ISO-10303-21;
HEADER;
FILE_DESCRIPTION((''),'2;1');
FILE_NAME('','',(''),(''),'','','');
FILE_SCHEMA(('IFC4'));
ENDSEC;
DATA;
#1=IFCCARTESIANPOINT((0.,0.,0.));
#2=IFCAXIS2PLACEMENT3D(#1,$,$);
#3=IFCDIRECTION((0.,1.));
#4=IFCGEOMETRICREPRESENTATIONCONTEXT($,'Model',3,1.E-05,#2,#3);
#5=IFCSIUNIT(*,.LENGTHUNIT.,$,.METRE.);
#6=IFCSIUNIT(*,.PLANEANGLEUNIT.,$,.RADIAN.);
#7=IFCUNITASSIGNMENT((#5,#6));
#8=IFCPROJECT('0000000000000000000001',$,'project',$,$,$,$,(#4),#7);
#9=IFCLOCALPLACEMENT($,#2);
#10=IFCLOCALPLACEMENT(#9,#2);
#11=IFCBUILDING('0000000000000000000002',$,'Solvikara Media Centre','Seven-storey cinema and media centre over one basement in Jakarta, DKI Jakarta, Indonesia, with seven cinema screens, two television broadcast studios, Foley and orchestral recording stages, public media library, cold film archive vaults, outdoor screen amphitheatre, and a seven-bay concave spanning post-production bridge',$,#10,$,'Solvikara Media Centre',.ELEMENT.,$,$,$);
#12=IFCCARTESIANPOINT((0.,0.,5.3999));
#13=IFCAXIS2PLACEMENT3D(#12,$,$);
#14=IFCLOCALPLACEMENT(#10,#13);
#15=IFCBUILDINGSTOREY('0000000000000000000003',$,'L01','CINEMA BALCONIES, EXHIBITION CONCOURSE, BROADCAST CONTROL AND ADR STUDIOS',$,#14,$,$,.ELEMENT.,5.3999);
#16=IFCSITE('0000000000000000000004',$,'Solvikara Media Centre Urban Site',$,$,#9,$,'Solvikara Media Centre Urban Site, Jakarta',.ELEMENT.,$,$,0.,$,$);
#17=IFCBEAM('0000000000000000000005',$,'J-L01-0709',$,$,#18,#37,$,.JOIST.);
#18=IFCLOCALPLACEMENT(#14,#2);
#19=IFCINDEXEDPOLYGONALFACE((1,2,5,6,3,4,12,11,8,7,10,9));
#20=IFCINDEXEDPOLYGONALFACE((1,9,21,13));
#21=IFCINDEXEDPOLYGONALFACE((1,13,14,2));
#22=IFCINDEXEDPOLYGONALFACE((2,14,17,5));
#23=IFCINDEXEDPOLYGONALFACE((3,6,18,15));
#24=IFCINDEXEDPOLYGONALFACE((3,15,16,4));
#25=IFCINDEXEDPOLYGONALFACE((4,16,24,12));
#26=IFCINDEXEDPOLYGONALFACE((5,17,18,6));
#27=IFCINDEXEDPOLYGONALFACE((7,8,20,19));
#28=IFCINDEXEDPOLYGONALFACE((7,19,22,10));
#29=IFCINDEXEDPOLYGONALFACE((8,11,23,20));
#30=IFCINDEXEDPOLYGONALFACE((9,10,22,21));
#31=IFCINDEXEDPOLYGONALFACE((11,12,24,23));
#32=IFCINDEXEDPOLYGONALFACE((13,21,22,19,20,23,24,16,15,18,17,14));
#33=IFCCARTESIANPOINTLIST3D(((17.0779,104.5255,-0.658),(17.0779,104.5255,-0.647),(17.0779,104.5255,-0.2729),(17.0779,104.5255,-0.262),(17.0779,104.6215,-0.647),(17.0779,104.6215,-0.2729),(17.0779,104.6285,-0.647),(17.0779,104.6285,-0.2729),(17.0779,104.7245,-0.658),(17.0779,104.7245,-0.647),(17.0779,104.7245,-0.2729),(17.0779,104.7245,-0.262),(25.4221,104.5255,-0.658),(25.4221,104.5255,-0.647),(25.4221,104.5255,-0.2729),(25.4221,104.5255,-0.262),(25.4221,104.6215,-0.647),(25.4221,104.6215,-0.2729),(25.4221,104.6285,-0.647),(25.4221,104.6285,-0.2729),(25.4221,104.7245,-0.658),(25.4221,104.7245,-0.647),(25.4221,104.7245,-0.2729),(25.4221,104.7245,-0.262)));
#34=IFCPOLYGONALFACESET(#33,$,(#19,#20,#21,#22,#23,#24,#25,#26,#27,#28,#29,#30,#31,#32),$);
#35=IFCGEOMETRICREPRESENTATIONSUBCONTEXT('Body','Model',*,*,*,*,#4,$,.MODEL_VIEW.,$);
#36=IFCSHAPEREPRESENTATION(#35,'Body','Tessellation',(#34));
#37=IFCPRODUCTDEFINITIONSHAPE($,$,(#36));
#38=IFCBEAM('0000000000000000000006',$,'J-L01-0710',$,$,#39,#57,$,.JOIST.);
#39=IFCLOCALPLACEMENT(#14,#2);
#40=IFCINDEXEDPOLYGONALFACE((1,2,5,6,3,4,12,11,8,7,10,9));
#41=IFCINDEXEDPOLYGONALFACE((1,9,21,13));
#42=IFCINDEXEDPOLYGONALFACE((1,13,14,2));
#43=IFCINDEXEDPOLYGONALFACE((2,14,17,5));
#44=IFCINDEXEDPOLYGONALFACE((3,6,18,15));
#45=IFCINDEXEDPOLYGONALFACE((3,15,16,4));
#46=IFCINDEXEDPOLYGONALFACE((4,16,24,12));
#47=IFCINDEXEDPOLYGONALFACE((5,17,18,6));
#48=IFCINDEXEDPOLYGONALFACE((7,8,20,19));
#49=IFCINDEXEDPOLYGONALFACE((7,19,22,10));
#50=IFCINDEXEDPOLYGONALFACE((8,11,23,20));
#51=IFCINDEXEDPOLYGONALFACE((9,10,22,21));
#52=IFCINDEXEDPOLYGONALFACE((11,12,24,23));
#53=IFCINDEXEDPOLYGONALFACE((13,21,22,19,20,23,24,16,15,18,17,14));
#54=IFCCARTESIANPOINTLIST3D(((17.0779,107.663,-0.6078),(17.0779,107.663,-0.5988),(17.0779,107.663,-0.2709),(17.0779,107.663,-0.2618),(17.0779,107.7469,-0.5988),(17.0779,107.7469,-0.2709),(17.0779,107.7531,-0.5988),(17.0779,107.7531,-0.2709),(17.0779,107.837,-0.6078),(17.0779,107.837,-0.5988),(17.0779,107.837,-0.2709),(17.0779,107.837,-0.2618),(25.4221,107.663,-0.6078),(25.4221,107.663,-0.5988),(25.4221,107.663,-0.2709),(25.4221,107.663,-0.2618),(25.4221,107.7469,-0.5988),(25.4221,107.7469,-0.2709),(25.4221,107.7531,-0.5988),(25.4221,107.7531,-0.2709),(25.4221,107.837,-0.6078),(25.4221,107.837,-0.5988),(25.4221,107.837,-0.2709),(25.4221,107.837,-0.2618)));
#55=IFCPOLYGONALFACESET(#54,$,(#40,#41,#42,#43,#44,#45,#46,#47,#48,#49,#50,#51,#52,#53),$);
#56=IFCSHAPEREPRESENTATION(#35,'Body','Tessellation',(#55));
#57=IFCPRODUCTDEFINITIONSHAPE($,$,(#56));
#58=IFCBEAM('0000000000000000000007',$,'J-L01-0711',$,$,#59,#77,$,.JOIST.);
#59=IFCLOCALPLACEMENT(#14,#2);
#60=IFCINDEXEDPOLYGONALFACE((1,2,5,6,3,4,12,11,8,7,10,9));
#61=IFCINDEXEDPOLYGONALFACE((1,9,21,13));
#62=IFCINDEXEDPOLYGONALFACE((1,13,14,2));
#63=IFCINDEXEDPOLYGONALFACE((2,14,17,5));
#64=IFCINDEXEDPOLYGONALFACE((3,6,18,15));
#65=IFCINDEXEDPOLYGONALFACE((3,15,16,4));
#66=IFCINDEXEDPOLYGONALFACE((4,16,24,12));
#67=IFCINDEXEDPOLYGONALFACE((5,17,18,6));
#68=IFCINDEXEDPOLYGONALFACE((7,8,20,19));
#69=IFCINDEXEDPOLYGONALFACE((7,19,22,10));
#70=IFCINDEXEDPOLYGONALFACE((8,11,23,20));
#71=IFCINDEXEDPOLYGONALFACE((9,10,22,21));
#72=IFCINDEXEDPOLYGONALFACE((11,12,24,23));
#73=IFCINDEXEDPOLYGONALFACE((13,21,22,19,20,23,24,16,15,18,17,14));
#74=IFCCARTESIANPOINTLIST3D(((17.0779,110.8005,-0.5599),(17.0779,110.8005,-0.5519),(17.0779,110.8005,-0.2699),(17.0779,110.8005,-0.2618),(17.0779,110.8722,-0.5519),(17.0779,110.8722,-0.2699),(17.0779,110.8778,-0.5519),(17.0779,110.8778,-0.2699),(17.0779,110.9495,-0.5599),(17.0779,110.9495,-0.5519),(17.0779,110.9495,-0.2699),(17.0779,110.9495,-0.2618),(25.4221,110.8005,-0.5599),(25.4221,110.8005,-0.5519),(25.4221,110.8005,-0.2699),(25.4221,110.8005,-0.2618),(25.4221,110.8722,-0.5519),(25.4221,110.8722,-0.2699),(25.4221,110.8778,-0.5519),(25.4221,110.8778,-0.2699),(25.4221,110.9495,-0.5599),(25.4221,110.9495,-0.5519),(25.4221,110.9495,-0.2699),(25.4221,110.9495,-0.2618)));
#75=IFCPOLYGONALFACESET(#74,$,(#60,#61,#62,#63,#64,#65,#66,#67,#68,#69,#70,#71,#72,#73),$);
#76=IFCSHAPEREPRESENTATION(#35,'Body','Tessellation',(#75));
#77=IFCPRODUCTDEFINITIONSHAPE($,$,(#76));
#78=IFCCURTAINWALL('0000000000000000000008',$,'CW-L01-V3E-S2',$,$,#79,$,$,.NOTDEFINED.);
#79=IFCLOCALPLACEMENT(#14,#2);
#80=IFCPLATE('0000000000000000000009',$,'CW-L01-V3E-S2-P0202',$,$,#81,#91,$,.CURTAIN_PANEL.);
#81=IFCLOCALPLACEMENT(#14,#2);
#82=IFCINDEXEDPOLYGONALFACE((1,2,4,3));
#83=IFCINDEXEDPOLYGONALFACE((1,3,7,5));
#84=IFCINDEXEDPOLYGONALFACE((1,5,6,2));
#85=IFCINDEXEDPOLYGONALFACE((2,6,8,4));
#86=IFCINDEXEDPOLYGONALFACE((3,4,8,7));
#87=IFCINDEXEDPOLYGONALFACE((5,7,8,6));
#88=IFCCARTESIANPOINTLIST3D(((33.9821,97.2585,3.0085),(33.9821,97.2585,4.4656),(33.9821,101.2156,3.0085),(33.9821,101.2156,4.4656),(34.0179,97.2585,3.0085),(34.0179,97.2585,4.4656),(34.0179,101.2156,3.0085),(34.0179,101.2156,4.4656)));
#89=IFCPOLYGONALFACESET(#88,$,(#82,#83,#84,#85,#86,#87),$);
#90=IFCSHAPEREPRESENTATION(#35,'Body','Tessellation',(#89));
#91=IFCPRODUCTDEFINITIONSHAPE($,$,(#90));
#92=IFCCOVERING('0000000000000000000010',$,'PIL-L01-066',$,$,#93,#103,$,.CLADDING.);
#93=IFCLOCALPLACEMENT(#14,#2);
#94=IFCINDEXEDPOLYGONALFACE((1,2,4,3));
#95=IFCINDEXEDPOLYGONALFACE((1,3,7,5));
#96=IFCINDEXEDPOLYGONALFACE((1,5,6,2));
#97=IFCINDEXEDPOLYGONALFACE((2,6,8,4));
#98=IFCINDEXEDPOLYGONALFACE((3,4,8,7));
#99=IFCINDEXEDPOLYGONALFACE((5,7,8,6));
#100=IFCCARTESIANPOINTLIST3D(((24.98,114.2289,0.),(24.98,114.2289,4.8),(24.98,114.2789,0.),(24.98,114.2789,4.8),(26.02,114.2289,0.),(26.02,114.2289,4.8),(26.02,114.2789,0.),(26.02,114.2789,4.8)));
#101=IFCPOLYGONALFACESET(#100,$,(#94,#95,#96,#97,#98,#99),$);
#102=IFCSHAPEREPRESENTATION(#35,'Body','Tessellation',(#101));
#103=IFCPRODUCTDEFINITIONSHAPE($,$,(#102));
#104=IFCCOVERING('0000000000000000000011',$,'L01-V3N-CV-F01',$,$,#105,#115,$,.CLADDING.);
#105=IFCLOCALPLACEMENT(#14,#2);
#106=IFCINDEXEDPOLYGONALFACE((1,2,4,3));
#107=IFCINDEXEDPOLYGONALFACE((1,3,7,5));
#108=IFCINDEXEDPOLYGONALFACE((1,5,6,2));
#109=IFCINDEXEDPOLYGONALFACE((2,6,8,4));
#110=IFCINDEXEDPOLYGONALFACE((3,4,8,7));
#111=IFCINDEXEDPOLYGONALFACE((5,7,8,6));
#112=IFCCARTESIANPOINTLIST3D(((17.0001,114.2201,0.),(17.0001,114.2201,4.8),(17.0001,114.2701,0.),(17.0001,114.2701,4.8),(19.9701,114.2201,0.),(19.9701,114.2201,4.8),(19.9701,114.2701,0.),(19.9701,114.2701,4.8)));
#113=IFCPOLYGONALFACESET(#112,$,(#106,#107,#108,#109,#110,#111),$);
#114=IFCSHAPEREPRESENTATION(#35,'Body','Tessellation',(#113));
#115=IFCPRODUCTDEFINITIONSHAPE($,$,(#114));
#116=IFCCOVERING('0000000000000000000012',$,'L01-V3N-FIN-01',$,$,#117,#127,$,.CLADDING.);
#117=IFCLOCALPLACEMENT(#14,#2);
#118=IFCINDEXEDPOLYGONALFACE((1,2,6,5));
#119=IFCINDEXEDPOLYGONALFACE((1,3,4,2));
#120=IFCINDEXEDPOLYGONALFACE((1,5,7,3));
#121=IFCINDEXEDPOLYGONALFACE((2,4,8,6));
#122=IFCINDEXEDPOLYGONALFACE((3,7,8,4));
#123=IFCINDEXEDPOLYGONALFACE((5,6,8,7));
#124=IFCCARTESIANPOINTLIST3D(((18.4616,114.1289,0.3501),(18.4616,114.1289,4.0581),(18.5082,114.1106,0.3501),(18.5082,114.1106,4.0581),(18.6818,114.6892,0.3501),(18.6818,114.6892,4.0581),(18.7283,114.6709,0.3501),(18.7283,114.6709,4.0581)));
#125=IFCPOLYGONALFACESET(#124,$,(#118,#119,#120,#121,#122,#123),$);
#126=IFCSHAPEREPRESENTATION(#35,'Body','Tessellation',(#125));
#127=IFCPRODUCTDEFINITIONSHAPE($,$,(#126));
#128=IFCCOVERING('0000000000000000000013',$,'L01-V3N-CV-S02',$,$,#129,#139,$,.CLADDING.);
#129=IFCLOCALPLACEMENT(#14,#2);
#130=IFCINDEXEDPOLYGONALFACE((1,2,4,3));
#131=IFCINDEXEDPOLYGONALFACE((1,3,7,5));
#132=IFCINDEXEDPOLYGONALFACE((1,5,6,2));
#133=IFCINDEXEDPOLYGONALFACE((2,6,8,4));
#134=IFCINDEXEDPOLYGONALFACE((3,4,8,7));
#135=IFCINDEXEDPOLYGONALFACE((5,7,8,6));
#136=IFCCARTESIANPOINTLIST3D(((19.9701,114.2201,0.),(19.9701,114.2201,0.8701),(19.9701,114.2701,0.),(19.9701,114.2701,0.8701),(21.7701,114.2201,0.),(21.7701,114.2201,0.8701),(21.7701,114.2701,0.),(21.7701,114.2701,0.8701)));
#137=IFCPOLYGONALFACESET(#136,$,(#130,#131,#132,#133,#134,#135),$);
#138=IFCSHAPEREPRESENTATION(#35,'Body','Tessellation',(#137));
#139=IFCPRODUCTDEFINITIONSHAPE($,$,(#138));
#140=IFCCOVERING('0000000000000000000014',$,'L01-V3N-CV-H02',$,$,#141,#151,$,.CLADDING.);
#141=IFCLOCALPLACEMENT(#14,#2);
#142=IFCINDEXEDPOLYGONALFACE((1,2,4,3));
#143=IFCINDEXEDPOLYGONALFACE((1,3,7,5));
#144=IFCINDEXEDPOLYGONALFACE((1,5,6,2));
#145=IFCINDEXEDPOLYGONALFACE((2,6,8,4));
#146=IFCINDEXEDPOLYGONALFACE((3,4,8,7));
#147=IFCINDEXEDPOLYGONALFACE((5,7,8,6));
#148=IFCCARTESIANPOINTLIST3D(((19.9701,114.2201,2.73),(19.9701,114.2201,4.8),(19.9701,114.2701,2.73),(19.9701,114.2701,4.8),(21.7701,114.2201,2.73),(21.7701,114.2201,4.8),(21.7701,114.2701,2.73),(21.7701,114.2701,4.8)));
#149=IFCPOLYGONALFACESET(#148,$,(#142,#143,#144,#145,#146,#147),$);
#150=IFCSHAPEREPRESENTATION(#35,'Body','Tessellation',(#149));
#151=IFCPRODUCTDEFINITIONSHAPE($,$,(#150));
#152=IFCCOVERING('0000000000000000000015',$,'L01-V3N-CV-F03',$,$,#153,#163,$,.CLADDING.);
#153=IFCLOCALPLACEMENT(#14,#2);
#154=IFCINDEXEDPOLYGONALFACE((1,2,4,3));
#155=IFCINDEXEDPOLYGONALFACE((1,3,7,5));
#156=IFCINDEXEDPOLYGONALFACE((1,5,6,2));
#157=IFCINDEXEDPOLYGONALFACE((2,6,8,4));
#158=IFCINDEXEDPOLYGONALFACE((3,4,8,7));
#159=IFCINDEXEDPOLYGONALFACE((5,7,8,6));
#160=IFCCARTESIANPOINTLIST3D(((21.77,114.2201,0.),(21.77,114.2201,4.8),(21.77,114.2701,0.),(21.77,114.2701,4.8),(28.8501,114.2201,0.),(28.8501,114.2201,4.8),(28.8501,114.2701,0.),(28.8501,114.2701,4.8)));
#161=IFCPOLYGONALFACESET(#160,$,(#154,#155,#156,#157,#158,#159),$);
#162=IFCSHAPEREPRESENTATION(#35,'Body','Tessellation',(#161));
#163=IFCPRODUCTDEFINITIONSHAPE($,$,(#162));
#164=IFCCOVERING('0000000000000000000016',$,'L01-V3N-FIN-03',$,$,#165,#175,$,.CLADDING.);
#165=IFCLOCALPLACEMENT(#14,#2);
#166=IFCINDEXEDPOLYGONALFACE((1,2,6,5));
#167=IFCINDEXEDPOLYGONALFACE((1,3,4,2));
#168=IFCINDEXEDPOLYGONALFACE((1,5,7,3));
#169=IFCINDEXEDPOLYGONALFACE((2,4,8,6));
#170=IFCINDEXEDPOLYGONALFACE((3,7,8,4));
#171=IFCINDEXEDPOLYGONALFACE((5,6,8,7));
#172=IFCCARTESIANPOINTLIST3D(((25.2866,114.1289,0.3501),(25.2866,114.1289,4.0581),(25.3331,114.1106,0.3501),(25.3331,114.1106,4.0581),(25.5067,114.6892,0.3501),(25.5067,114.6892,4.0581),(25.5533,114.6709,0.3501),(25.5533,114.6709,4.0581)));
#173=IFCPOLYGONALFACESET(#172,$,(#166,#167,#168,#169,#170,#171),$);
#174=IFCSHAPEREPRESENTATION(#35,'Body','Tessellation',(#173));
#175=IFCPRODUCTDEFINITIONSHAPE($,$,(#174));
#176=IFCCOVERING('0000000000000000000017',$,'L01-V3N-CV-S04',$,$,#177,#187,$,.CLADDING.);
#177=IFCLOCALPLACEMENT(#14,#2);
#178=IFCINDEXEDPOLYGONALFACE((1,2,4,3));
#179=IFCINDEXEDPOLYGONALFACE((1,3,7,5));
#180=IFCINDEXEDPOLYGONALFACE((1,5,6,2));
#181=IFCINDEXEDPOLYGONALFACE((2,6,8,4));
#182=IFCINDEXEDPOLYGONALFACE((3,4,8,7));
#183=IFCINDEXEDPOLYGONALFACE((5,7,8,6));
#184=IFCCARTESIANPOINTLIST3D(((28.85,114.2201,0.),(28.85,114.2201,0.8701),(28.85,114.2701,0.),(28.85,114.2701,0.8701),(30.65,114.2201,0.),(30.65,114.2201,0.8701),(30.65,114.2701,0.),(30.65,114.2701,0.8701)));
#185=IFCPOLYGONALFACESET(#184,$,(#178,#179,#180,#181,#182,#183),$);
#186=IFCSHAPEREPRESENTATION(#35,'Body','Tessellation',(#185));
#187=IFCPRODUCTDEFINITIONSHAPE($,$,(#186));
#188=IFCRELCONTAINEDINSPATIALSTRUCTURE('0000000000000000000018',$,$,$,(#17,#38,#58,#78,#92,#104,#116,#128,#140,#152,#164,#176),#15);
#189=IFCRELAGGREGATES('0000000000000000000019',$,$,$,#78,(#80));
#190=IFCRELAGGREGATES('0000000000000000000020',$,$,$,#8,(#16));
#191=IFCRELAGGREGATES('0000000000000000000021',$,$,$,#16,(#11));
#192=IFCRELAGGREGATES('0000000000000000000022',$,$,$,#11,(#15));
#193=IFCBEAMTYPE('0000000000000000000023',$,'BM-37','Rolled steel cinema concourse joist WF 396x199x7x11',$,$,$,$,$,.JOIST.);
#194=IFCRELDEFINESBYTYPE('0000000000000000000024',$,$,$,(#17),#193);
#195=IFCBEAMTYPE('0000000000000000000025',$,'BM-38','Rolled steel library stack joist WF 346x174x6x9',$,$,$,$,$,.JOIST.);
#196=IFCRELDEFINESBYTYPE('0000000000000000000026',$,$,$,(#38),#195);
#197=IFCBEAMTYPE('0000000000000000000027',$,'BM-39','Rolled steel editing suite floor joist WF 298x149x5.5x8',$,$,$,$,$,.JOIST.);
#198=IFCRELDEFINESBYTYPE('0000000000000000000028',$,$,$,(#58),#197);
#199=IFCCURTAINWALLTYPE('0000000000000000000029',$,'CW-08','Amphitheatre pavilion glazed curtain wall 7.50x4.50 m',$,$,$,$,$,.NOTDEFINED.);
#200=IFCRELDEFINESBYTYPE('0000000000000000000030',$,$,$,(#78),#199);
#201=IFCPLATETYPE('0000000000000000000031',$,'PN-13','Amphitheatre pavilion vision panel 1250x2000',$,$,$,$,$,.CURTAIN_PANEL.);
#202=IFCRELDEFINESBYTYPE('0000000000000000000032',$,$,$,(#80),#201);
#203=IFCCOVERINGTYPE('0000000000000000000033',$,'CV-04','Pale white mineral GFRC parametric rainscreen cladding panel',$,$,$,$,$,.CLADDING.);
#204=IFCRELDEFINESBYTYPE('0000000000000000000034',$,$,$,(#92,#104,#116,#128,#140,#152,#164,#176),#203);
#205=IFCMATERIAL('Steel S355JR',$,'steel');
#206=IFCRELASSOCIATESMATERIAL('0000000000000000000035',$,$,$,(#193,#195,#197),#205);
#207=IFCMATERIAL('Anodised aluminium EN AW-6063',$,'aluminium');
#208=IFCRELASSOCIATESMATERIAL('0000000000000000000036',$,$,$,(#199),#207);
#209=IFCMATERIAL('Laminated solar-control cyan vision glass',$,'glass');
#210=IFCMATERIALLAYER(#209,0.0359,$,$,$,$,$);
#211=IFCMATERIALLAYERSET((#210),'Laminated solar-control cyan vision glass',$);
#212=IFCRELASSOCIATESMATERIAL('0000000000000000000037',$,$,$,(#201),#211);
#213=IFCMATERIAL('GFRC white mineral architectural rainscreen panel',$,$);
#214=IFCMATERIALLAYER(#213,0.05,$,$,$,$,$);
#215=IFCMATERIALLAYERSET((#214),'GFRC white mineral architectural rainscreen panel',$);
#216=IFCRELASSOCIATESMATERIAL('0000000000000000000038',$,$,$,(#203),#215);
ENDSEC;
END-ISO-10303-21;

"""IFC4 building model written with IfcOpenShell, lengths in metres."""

from ifc_helpers import new_model, si_unit, direction, frame, origin, origin_2d, place, context, subcontext, project, spatial, rectangle, i_section, extrude, material, layer, layer_set, material_profile, profile_set, type_object, element, aggregate, save


model = new_model("IFC4")

# Units and contexts
model_context = context("Model", 3, precision=1e-05, world=origin(), true_north=direction((0.0, 1.0)))
body_context = subcontext(model_context, "Body", "Model", "MODEL_VIEW")
ifc_project = project(units=[si_unit("LENGTHUNIT", "METRE"), si_unit("PLANEANGLEUNIT", "RADIAN")], contexts=[model_context])

# Site, building, storey
site_placement = place(None, origin())
site = spatial("IfcSite", under=ifc_project, at=site_placement, Name="Solvikara Media Centre Urban Site", LongName="Solvikara Media Centre Urban Site, Jakarta", CompositionType="ELEMENT", RefElevation=0.0)
building_placement = place(site_placement, origin())
building = spatial("IfcBuilding", under=site, at=building_placement, Name="Solvikara Media Centre", Description="Seven-storey cinema and media centre over one basement in Jakarta, DKI Jakarta, Indonesia, with seven cinema screens, two television broadcast studios, Foley and orchestral recording stages, public media library, cold film archive vaults, outdoor screen amphitheatre, and a seven-bay concave spanning post-production bridge", LongName="Solvikara Media Centre", CompositionType="ELEMENT")
storey_placement = place(building_placement, frame((0.0, 0.0, 5.3999)))
storey = spatial("IfcBuildingStorey", under=building, at=storey_placement, Name="L01", Description="CINEMA BALCONIES, EXHIBITION CONCOURSE, BROADCAST CONTROL AND ADR STUDIOS", CompositionType="ELEMENT", Elevation=5.3999)

# Shared definitions
ifc_material_1 = material(Name="Steel S355JR", Category="steel")

# Beams
ifc_material_profile_1 = material_profile(ifc_material_1, i_section(OverallWidth=0.199, OverallDepth=0.396, WebThickness=0.0071, FlangeThickness=0.011, at=origin_2d()), Name="WF 396x199x7x11")
ifc_profile_set_1 = profile_set([ifc_material_profile_1], Name="Steel S355JR")
beam_type_1 = type_object("IfcBeamType", Name="BM-37", Description="Rolled steel cinema concourse joist WF 396x199x7x11", PredefinedType="JOIST", material=ifc_profile_set_1)
beam_1_placement = place(storey_placement, frame((17.0779, 104.625, -0.46), z_axis=(1.0, 0.0, 0.0), x_axis=(0.0, 1.0, 0.0)))
element("IfcBeam", 1, at=beam_1_placement, inside=storey, type_object=beam_type_1, Name="J-L01-0709", PredefinedType="JOIST", context=body_context, shape_type="SweptSolid", body=[
    extrude(i_section(OverallWidth=0.199, OverallDepth=0.396, WebThickness=0.0071, FlangeThickness=0.011, at=origin_2d()), origin(), (0.0, 0.0, 1.0), 8.3442),
])
ifc_material_profile_2 = material_profile(ifc_material_1, i_section(OverallWidth=0.1741, OverallDepth=0.3459, WebThickness=0.0061, FlangeThickness=0.009, at=origin_2d()), Name="WF 346x174x6x9")
ifc_profile_set_2 = profile_set([ifc_material_profile_2], Name="Steel S355JR")
beam_type_2 = type_object("IfcBeamType", Name="BM-38", Description="Rolled steel library stack joist WF 346x174x6x9", PredefinedType="JOIST", material=ifc_profile_set_2)
beam_2_placement = place(storey_placement, frame((17.0779, 107.75, -0.4348), z_axis=(1.0, 0.0, 0.0), x_axis=(0.0, 1.0, 0.0)))
element("IfcBeam", 2, at=beam_2_placement, inside=storey, type_object=beam_type_2, Name="J-L01-0710", PredefinedType="JOIST", context=body_context, shape_type="SweptSolid", body=[
    extrude(i_section(OverallWidth=0.1741, OverallDepth=0.3459, WebThickness=0.0061, FlangeThickness=0.009, at=origin_2d()), origin(), (0.0, 0.0, 1.0), 8.3442),
])
ifc_material_profile_3 = material_profile(ifc_material_1, i_section(OverallWidth=0.1489, OverallDepth=0.2981, WebThickness=0.0056, FlangeThickness=0.0081, at=origin_2d()), Name="WF 298x149x5.5x8")
ifc_profile_set_3 = profile_set([ifc_material_profile_3], Name="Steel S355JR")
beam_type_3 = type_object("IfcBeamType", Name="BM-39", Description="Rolled steel editing suite floor joist WF 298x149x5.5x8", PredefinedType="JOIST", material=ifc_profile_set_3)
beam_3_placement = place(storey_placement, frame((17.0779, 110.875, -0.4109), z_axis=(1.0, 0.0, 0.0), x_axis=(0.0, 1.0, 0.0)))
element("IfcBeam", 3, at=beam_3_placement, inside=storey, type_object=beam_type_3, Name="J-L01-0711", PredefinedType="JOIST", context=body_context, shape_type="SweptSolid", body=[
    extrude(i_section(OverallWidth=0.1489, OverallDepth=0.2981, WebThickness=0.0056, FlangeThickness=0.0081, at=origin_2d()), origin(), (0.0, 0.0, 1.0), 8.3442),
])

# Curtain wall, plate
ifc_material_2 = material(Name="Anodised aluminium EN AW-6063", Category="aluminium")
curtain_wall_type = type_object("IfcCurtainWallType", Name="CW-08", Description="Amphitheatre pavilion glazed curtain wall 7.50x4.50 m", PredefinedType="NOTDEFINED", material=ifc_material_2)
curtain_wall_placement = place(storey_placement, origin())
curtain_wall = element("IfcCurtainWall", 4, at=curtain_wall_placement, inside=storey, type_object=curtain_wall_type, Name="CW-L01-V3E-S2", PredefinedType="NOTDEFINED")
ifc_material_3 = material(Name="Laminated solar-control cyan vision glass", Category="glass")
ifc_layer_1 = layer(ifc_material_3, 0.0359)
ifc_layer_set_1 = layer_set([ifc_layer_1], Name="Laminated solar-control cyan vision glass")
plate_type = type_object("IfcPlateType", Name="PN-13", Description="Amphitheatre pavilion vision panel 1250x2000", PredefinedType="CURTAIN_PANEL", material=ifc_layer_set_1)
plate_placement = place(storey_placement, frame((34.0, 99.2371, 3.0085), z_axis=(0.0, 0.0, 1.0), x_axis=(0.0, 1.0, 0.0)))
plate = element("IfcPlate", 5, at=plate_placement, type_object=plate_type, Name="CW-L01-V3E-S2-P0202", PredefinedType="CURTAIN_PANEL", context=body_context, shape_type="SweptSolid", body=[
    extrude(rectangle(XDim=3.957, YDim=0.0359, at=origin_2d()), origin(), (0.0, 0.0, 1.0), 1.457),
])
aggregate(curtain_wall, [plate])

# Coverings
ifc_material_4 = material(Name="GFRC white mineral architectural rainscreen panel")
ifc_layer_2 = layer(ifc_material_4, 0.05)
ifc_layer_set_2 = layer_set([ifc_layer_2], Name="GFRC white mineral architectural rainscreen panel")
covering_type = type_object("IfcCoveringType", Name="CV-04", Description="Pale white mineral GFRC parametric rainscreen cladding panel", PredefinedType="CLADDING", material=ifc_layer_set_2)
covering_1_placement = place(storey_placement, frame((25.5, 114.2539, 0.0), z_axis=(0.0, 0.0, 1.0), x_axis=(-1.0, 0.0, 0.0)))
element("IfcCovering", 6, at=covering_1_placement, inside=storey, type_object=covering_type, Name="PIL-L01-066", PredefinedType="CLADDING", context=body_context, shape_type="SweptSolid", body=[
    extrude(rectangle(XDim=1.04, YDim=0.05, at=origin_2d()), origin(), (0.0, 0.0, 1.0), 4.8),
])
covering_2_placement = place(storey_placement, frame((18.4851, 114.2451, 0.0), z_axis=(0.0, 0.0, 1.0), x_axis=(1.0, 0.0, 0.0)))
element("IfcCovering", 7, at=covering_2_placement, inside=storey, type_object=covering_type, Name="L01-V3N-CV-F01", PredefinedType="CLADDING", context=body_context, shape_type="SweptSolid", body=[
    extrude(rectangle(XDim=2.97, YDim=0.05, at=origin_2d()), origin(), (0.0, 0.0, 1.0), 4.8),
])
covering_3_placement = place(storey_placement, frame((18.595, 114.3999, 0.3501), z_axis=(0.0, 0.0, 1.0), x_axis=(0.365657, 0.93075, 0.0)))
element("IfcCovering", 8, at=covering_3_placement, inside=storey, type_object=covering_type, Name="L01-V3N-FIN-01", PredefinedType="CLADDING", context=body_context, shape_type="SweptSolid", body=[
    extrude(rectangle(XDim=0.6021, YDim=0.05, at=origin_2d()), origin(), (0.0, 0.0, 1.0), 3.708),
])
covering_4_placement = place(storey_placement, frame((20.8701, 114.2451, 0.0), z_axis=(0.0, 0.0, 1.0), x_axis=(1.0, 0.0, 0.0)))
element("IfcCovering", 9, at=covering_4_placement, inside=storey, type_object=covering_type, Name="L01-V3N-CV-S02", PredefinedType="CLADDING", context=body_context, shape_type="SweptSolid", body=[
    extrude(rectangle(XDim=1.8, YDim=0.05, at=origin_2d()), origin(), (0.0, 0.0, 1.0), 0.8701),
])
covering_5_placement = place(storey_placement, frame((20.8701, 114.2451, 2.73), z_axis=(0.0, 0.0, 1.0), x_axis=(1.0, 0.0, 0.0)))
element("IfcCovering", 10, at=covering_5_placement, inside=storey, type_object=covering_type, Name="L01-V3N-CV-H02", PredefinedType="CLADDING", context=body_context, shape_type="SweptSolid", body=[
    extrude(rectangle(XDim=1.8, YDim=0.05, at=origin_2d()), origin(), (0.0, 0.0, 1.0), 2.0701),
])
covering_6_placement = place(storey_placement, frame((25.3101, 114.2451, 0.0), z_axis=(0.0, 0.0, 1.0), x_axis=(1.0, 0.0, 0.0)))
element("IfcCovering", 11, at=covering_6_placement, inside=storey, type_object=covering_type, Name="L01-V3N-CV-F03", PredefinedType="CLADDING", context=body_context, shape_type="SweptSolid", body=[
    extrude(rectangle(XDim=7.0801, YDim=0.05, at=origin_2d()), origin(), (0.0, 0.0, 1.0), 4.8),
])
covering_7_placement = place(storey_placement, frame((25.4199, 114.3999, 0.3501), z_axis=(0.0, 0.0, 1.0), x_axis=(0.365657, 0.93075, 0.0)))
element("IfcCovering", 12, at=covering_7_placement, inside=storey, type_object=covering_type, Name="L01-V3N-FIN-03", PredefinedType="CLADDING", context=body_context, shape_type="SweptSolid", body=[
    extrude(rectangle(XDim=0.6021, YDim=0.05, at=origin_2d()), origin(), (0.0, 0.0, 1.0), 3.708),
])
covering_8_placement = place(storey_placement, frame((29.75, 114.2451, 0.0), z_axis=(0.0, 0.0, 1.0), x_axis=(1.0, 0.0, 0.0)))
element("IfcCovering", 13, at=covering_8_placement, inside=storey, type_object=covering_type, Name="L01-V3N-CV-S04", PredefinedType="CLADDING", context=body_context, shape_type="SweptSolid", body=[
    extrude(rectangle(XDim=1.8, YDim=0.05, at=origin_2d()), origin(), (0.0, 0.0, 1.0), 0.8701),
])

save(model, "model.ifc")
